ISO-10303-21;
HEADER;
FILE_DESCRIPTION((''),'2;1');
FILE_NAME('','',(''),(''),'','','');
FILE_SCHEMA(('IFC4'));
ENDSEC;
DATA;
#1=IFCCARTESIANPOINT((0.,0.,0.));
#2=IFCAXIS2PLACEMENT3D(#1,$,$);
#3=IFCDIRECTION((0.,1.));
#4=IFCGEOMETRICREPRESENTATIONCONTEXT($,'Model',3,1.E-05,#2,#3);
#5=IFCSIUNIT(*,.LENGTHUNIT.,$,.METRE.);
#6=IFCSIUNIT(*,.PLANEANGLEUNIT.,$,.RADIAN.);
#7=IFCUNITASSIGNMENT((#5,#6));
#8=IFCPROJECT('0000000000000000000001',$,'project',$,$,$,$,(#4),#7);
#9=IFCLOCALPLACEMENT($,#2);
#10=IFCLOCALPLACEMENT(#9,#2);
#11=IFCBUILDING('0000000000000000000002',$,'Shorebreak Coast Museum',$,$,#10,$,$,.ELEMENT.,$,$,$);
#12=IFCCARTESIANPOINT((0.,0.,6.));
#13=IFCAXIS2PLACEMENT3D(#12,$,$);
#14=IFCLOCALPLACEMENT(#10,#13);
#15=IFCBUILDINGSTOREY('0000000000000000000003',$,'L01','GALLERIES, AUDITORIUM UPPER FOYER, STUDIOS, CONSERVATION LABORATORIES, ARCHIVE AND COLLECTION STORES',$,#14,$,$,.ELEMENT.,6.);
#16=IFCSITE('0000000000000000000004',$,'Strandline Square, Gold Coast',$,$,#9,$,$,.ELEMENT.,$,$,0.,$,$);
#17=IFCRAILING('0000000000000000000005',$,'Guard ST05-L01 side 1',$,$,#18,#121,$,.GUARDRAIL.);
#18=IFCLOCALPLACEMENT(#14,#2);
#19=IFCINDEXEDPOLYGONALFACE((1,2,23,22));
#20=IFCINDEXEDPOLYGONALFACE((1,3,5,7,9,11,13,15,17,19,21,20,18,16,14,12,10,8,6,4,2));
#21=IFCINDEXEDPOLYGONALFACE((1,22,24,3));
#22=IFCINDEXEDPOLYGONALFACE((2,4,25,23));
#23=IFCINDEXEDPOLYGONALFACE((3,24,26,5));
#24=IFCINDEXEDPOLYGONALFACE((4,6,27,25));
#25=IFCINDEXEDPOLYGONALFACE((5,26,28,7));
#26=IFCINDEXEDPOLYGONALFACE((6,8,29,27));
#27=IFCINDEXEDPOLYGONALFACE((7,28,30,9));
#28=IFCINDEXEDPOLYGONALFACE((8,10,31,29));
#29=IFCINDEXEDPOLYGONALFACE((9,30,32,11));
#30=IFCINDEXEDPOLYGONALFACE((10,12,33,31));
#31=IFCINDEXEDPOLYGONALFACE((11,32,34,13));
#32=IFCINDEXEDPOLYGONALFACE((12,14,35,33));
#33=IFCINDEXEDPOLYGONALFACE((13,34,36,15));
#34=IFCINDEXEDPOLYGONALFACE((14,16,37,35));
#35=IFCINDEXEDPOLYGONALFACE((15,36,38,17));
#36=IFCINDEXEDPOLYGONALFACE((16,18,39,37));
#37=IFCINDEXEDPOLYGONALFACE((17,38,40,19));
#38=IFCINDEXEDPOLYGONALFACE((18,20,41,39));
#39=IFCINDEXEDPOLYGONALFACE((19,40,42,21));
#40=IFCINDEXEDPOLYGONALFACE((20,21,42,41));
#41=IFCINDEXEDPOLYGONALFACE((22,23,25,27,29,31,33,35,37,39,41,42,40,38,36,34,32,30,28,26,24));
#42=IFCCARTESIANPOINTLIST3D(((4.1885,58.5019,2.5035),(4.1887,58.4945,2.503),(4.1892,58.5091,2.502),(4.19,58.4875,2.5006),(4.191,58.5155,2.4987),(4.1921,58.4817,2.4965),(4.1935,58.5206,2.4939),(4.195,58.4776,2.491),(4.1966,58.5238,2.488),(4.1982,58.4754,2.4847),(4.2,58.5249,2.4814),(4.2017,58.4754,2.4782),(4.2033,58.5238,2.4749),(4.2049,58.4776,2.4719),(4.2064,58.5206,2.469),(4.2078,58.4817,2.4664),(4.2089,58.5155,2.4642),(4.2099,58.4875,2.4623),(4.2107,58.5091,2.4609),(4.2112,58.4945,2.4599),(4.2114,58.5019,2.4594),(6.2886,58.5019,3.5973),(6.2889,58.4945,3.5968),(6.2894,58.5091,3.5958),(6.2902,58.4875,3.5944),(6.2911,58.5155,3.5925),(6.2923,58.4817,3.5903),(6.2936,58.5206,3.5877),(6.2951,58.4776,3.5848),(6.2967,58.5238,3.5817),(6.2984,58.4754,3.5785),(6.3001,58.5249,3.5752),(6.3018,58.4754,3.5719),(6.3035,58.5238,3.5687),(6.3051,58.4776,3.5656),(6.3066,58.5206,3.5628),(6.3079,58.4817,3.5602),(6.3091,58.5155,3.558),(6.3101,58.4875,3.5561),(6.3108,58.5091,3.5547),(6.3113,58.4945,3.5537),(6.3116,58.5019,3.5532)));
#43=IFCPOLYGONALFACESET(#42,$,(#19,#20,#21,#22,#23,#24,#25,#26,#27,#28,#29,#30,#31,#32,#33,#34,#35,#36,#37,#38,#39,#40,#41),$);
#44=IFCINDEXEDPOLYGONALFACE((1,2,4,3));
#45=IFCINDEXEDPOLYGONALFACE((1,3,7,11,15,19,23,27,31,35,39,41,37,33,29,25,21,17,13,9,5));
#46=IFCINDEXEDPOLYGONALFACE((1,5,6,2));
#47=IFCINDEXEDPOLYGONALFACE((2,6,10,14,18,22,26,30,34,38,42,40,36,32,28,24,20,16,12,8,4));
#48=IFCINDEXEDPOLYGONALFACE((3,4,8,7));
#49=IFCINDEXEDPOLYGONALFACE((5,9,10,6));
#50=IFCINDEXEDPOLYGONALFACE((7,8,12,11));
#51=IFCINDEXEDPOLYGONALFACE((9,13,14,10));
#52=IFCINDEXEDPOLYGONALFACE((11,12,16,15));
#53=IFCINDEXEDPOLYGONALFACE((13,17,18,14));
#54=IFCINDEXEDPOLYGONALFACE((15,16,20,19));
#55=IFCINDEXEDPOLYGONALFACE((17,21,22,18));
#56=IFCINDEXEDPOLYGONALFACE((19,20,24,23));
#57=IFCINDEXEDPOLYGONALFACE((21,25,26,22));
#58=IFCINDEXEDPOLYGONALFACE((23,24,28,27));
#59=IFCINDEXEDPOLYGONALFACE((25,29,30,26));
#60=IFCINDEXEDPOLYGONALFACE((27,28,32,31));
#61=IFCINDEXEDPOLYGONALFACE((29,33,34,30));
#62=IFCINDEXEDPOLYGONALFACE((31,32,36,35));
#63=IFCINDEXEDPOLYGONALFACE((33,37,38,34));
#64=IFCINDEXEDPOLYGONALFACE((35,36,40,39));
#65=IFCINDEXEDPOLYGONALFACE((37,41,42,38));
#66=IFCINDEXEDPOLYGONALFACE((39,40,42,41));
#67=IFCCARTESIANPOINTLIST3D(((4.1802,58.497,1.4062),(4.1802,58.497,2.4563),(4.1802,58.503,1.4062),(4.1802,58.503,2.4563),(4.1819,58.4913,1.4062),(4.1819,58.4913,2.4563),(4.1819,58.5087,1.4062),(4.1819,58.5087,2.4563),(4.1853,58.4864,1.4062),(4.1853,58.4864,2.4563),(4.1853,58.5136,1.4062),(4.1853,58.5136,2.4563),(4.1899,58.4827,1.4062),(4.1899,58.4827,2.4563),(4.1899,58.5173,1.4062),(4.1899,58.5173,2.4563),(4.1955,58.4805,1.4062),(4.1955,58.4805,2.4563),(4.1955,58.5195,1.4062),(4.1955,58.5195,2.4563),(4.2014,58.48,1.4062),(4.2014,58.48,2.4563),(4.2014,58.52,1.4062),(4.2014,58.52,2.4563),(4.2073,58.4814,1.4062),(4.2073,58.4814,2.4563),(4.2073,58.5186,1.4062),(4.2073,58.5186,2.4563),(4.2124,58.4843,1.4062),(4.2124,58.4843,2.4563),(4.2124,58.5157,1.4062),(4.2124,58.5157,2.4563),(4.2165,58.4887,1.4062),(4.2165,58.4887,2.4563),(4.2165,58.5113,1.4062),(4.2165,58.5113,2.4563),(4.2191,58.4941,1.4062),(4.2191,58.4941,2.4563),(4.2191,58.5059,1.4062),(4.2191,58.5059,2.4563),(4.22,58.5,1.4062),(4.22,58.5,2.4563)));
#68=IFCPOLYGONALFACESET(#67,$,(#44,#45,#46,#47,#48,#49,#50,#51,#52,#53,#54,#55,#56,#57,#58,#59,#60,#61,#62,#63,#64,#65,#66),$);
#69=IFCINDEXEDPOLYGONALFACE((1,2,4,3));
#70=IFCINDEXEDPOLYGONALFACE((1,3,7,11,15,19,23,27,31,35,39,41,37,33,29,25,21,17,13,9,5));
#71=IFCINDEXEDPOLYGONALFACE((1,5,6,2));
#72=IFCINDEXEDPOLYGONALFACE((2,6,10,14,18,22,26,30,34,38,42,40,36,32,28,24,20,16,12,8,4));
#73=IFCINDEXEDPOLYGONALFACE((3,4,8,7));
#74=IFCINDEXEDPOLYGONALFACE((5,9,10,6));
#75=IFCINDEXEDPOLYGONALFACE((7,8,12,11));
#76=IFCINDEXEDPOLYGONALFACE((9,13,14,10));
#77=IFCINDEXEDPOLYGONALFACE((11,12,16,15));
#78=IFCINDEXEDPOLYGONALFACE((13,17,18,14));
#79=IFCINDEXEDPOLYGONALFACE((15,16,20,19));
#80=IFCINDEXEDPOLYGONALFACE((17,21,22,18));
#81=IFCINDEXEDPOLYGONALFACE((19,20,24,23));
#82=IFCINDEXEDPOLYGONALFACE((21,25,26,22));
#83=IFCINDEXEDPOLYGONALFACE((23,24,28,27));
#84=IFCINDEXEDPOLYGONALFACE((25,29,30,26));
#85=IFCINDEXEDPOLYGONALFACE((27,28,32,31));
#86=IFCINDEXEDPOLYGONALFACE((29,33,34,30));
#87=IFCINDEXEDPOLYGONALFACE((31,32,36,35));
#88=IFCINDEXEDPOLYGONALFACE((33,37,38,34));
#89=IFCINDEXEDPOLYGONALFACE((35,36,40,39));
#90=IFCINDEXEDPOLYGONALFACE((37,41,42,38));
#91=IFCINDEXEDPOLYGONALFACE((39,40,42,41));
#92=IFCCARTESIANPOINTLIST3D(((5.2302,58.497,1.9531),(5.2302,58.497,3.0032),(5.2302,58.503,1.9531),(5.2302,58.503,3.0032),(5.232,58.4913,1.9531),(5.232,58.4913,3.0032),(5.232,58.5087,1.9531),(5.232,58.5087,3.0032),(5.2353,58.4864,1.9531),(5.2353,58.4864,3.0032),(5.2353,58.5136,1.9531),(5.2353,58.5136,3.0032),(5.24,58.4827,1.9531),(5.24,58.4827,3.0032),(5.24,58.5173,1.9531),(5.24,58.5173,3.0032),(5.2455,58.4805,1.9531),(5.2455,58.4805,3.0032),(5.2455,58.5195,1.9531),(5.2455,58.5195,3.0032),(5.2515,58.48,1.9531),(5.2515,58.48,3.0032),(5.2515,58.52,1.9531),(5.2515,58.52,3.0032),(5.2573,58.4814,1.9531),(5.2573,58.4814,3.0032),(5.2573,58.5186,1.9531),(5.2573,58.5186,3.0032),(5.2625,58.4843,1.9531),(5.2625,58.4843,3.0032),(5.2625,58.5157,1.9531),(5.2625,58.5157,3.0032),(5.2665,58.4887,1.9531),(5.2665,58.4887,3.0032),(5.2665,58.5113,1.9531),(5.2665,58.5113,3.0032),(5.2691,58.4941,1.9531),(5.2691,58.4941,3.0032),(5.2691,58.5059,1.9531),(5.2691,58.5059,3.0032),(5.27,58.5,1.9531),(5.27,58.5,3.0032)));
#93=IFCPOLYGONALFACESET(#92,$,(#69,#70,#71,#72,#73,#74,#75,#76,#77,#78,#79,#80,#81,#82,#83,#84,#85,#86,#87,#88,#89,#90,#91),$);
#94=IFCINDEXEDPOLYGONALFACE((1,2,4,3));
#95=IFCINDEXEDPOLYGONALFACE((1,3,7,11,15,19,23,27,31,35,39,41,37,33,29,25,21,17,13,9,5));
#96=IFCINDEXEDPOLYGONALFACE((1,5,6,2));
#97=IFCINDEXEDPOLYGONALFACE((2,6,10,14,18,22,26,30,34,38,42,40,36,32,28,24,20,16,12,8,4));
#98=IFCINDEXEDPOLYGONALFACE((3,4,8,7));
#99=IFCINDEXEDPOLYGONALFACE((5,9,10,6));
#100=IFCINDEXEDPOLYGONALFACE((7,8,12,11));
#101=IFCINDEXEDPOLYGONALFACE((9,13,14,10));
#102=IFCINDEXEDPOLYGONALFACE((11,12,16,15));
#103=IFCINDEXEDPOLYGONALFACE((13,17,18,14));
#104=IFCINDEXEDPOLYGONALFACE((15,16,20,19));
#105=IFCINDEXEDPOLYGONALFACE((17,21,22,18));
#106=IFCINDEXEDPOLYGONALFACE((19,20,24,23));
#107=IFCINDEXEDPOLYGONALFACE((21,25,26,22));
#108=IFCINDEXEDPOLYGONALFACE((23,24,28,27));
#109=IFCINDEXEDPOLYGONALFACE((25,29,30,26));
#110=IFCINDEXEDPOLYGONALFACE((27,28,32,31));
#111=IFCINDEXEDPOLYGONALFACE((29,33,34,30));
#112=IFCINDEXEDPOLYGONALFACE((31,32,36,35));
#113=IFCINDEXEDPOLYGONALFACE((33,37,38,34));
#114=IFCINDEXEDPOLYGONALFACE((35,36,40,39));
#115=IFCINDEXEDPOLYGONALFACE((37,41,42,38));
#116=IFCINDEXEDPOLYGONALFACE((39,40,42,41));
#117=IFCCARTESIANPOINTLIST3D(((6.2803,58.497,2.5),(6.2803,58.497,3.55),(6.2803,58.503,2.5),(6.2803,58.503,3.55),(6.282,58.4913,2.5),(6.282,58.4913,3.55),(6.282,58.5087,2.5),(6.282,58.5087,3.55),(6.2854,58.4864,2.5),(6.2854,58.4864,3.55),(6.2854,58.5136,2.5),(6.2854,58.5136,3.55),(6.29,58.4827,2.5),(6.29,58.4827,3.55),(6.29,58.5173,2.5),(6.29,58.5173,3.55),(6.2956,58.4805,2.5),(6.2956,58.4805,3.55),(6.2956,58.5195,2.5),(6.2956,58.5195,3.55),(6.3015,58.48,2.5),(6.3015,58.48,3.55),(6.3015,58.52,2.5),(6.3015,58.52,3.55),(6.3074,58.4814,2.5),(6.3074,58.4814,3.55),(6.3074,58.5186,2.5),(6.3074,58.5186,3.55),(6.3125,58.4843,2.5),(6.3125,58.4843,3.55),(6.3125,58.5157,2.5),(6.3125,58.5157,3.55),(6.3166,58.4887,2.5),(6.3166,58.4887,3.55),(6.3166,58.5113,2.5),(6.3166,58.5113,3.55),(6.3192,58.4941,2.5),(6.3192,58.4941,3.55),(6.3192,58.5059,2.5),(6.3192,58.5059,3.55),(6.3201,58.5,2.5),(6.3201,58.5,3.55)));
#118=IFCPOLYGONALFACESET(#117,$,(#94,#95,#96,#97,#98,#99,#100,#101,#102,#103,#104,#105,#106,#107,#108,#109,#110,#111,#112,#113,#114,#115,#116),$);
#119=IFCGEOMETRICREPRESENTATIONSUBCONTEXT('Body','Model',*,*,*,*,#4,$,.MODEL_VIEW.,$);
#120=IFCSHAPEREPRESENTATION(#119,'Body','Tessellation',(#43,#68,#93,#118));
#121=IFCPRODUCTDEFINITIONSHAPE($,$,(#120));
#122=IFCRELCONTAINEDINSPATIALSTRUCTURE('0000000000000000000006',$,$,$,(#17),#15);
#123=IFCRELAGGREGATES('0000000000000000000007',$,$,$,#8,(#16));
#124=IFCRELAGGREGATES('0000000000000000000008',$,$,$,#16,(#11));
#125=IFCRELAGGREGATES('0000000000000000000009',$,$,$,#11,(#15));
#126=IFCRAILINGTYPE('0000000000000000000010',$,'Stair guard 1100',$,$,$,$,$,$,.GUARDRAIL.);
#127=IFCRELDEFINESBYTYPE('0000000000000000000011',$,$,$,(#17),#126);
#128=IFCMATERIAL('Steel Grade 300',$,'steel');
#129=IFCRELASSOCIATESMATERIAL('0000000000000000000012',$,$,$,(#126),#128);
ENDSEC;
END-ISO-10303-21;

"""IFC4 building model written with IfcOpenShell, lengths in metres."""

from ifc_helpers import new_model, si_unit, direction, frame, origin, origin_2d, place, context, subcontext, project, spatial, circle, extrude, material, type_object, element, save


model = new_model("IFC4")

# Units and contexts
model_context = context("Model", 3, precision=1e-05, world=origin(), true_north=direction((0.0, 1.0)))
body_context = subcontext(model_context, "Body", "Model", "MODEL_VIEW")
ifc_project = project(units=[si_unit("LENGTHUNIT", "METRE"), si_unit("PLANEANGLEUNIT", "RADIAN")], contexts=[model_context])

# Site, building, storey
site_placement = place(None, origin())
site = spatial("IfcSite", under=ifc_project, at=site_placement, Name="Strandline Square, Gold Coast", CompositionType="ELEMENT", RefElevation=0.0)
building_placement = place(site_placement, origin())
building = spatial("IfcBuilding", under=site, at=building_placement, Name="Shorebreak Coast Museum", CompositionType="ELEMENT")
storey_placement = place(building_placement, frame((0.0, 0.0, 6.0)))
storey = spatial("IfcBuildingStorey", under=building, at=storey_placement, Name="L01", Description="GALLERIES, AUDITORIUM UPPER FOYER, STUDIOS, CONSERVATION LABORATORIES, ARCHIVE AND COLLECTION STORES", CompositionType="ELEMENT", Elevation=6.0)

# Railing
ifc_material_1 = material(Name="Steel Grade 300", Category="steel")
railing_type_1 = type_object("IfcRailingType", Name="Stair guard 1100", PredefinedType="GUARDRAIL", material=ifc_material_1)
for number, where, name in (
    (1, (4.2, 58.5, 1.4062), "Guard ST05-L01 side 1"),
):
    element("IfcRailing", number, at=place(storey_placement, frame(where)), inside=storey, type_object=railing_type_1, Name=name, PredefinedType="GUARDRAIL", context=body_context, shape_type="SweptSolid", body=[
        extrude(circle(Radius=0.0249, at=origin_2d()), frame((0.0, 0.0, 1.0752), z_axis=(0.886923, 0.0, 0.461918), x_axis=(0.0, 1.0, 0.0)), (0.0, 0.0, 1.0), 2.3679),
        extrude(circle(Radius=0.02, at=origin_2d()), origin(), (0.0, 0.0, 1.0), 1.05),
        extrude(circle(Radius=0.02, at=origin_2d()), frame((1.05, 0.0, 0.5469)), (0.0, 0.0, 1.0), 1.05),
        extrude(circle(Radius=0.02, at=origin_2d()), frame((2.1001, 0.0, 1.0938)), (0.0, 0.0, 1.0), 1.05),
    ])

save(model, "model.ifc")
